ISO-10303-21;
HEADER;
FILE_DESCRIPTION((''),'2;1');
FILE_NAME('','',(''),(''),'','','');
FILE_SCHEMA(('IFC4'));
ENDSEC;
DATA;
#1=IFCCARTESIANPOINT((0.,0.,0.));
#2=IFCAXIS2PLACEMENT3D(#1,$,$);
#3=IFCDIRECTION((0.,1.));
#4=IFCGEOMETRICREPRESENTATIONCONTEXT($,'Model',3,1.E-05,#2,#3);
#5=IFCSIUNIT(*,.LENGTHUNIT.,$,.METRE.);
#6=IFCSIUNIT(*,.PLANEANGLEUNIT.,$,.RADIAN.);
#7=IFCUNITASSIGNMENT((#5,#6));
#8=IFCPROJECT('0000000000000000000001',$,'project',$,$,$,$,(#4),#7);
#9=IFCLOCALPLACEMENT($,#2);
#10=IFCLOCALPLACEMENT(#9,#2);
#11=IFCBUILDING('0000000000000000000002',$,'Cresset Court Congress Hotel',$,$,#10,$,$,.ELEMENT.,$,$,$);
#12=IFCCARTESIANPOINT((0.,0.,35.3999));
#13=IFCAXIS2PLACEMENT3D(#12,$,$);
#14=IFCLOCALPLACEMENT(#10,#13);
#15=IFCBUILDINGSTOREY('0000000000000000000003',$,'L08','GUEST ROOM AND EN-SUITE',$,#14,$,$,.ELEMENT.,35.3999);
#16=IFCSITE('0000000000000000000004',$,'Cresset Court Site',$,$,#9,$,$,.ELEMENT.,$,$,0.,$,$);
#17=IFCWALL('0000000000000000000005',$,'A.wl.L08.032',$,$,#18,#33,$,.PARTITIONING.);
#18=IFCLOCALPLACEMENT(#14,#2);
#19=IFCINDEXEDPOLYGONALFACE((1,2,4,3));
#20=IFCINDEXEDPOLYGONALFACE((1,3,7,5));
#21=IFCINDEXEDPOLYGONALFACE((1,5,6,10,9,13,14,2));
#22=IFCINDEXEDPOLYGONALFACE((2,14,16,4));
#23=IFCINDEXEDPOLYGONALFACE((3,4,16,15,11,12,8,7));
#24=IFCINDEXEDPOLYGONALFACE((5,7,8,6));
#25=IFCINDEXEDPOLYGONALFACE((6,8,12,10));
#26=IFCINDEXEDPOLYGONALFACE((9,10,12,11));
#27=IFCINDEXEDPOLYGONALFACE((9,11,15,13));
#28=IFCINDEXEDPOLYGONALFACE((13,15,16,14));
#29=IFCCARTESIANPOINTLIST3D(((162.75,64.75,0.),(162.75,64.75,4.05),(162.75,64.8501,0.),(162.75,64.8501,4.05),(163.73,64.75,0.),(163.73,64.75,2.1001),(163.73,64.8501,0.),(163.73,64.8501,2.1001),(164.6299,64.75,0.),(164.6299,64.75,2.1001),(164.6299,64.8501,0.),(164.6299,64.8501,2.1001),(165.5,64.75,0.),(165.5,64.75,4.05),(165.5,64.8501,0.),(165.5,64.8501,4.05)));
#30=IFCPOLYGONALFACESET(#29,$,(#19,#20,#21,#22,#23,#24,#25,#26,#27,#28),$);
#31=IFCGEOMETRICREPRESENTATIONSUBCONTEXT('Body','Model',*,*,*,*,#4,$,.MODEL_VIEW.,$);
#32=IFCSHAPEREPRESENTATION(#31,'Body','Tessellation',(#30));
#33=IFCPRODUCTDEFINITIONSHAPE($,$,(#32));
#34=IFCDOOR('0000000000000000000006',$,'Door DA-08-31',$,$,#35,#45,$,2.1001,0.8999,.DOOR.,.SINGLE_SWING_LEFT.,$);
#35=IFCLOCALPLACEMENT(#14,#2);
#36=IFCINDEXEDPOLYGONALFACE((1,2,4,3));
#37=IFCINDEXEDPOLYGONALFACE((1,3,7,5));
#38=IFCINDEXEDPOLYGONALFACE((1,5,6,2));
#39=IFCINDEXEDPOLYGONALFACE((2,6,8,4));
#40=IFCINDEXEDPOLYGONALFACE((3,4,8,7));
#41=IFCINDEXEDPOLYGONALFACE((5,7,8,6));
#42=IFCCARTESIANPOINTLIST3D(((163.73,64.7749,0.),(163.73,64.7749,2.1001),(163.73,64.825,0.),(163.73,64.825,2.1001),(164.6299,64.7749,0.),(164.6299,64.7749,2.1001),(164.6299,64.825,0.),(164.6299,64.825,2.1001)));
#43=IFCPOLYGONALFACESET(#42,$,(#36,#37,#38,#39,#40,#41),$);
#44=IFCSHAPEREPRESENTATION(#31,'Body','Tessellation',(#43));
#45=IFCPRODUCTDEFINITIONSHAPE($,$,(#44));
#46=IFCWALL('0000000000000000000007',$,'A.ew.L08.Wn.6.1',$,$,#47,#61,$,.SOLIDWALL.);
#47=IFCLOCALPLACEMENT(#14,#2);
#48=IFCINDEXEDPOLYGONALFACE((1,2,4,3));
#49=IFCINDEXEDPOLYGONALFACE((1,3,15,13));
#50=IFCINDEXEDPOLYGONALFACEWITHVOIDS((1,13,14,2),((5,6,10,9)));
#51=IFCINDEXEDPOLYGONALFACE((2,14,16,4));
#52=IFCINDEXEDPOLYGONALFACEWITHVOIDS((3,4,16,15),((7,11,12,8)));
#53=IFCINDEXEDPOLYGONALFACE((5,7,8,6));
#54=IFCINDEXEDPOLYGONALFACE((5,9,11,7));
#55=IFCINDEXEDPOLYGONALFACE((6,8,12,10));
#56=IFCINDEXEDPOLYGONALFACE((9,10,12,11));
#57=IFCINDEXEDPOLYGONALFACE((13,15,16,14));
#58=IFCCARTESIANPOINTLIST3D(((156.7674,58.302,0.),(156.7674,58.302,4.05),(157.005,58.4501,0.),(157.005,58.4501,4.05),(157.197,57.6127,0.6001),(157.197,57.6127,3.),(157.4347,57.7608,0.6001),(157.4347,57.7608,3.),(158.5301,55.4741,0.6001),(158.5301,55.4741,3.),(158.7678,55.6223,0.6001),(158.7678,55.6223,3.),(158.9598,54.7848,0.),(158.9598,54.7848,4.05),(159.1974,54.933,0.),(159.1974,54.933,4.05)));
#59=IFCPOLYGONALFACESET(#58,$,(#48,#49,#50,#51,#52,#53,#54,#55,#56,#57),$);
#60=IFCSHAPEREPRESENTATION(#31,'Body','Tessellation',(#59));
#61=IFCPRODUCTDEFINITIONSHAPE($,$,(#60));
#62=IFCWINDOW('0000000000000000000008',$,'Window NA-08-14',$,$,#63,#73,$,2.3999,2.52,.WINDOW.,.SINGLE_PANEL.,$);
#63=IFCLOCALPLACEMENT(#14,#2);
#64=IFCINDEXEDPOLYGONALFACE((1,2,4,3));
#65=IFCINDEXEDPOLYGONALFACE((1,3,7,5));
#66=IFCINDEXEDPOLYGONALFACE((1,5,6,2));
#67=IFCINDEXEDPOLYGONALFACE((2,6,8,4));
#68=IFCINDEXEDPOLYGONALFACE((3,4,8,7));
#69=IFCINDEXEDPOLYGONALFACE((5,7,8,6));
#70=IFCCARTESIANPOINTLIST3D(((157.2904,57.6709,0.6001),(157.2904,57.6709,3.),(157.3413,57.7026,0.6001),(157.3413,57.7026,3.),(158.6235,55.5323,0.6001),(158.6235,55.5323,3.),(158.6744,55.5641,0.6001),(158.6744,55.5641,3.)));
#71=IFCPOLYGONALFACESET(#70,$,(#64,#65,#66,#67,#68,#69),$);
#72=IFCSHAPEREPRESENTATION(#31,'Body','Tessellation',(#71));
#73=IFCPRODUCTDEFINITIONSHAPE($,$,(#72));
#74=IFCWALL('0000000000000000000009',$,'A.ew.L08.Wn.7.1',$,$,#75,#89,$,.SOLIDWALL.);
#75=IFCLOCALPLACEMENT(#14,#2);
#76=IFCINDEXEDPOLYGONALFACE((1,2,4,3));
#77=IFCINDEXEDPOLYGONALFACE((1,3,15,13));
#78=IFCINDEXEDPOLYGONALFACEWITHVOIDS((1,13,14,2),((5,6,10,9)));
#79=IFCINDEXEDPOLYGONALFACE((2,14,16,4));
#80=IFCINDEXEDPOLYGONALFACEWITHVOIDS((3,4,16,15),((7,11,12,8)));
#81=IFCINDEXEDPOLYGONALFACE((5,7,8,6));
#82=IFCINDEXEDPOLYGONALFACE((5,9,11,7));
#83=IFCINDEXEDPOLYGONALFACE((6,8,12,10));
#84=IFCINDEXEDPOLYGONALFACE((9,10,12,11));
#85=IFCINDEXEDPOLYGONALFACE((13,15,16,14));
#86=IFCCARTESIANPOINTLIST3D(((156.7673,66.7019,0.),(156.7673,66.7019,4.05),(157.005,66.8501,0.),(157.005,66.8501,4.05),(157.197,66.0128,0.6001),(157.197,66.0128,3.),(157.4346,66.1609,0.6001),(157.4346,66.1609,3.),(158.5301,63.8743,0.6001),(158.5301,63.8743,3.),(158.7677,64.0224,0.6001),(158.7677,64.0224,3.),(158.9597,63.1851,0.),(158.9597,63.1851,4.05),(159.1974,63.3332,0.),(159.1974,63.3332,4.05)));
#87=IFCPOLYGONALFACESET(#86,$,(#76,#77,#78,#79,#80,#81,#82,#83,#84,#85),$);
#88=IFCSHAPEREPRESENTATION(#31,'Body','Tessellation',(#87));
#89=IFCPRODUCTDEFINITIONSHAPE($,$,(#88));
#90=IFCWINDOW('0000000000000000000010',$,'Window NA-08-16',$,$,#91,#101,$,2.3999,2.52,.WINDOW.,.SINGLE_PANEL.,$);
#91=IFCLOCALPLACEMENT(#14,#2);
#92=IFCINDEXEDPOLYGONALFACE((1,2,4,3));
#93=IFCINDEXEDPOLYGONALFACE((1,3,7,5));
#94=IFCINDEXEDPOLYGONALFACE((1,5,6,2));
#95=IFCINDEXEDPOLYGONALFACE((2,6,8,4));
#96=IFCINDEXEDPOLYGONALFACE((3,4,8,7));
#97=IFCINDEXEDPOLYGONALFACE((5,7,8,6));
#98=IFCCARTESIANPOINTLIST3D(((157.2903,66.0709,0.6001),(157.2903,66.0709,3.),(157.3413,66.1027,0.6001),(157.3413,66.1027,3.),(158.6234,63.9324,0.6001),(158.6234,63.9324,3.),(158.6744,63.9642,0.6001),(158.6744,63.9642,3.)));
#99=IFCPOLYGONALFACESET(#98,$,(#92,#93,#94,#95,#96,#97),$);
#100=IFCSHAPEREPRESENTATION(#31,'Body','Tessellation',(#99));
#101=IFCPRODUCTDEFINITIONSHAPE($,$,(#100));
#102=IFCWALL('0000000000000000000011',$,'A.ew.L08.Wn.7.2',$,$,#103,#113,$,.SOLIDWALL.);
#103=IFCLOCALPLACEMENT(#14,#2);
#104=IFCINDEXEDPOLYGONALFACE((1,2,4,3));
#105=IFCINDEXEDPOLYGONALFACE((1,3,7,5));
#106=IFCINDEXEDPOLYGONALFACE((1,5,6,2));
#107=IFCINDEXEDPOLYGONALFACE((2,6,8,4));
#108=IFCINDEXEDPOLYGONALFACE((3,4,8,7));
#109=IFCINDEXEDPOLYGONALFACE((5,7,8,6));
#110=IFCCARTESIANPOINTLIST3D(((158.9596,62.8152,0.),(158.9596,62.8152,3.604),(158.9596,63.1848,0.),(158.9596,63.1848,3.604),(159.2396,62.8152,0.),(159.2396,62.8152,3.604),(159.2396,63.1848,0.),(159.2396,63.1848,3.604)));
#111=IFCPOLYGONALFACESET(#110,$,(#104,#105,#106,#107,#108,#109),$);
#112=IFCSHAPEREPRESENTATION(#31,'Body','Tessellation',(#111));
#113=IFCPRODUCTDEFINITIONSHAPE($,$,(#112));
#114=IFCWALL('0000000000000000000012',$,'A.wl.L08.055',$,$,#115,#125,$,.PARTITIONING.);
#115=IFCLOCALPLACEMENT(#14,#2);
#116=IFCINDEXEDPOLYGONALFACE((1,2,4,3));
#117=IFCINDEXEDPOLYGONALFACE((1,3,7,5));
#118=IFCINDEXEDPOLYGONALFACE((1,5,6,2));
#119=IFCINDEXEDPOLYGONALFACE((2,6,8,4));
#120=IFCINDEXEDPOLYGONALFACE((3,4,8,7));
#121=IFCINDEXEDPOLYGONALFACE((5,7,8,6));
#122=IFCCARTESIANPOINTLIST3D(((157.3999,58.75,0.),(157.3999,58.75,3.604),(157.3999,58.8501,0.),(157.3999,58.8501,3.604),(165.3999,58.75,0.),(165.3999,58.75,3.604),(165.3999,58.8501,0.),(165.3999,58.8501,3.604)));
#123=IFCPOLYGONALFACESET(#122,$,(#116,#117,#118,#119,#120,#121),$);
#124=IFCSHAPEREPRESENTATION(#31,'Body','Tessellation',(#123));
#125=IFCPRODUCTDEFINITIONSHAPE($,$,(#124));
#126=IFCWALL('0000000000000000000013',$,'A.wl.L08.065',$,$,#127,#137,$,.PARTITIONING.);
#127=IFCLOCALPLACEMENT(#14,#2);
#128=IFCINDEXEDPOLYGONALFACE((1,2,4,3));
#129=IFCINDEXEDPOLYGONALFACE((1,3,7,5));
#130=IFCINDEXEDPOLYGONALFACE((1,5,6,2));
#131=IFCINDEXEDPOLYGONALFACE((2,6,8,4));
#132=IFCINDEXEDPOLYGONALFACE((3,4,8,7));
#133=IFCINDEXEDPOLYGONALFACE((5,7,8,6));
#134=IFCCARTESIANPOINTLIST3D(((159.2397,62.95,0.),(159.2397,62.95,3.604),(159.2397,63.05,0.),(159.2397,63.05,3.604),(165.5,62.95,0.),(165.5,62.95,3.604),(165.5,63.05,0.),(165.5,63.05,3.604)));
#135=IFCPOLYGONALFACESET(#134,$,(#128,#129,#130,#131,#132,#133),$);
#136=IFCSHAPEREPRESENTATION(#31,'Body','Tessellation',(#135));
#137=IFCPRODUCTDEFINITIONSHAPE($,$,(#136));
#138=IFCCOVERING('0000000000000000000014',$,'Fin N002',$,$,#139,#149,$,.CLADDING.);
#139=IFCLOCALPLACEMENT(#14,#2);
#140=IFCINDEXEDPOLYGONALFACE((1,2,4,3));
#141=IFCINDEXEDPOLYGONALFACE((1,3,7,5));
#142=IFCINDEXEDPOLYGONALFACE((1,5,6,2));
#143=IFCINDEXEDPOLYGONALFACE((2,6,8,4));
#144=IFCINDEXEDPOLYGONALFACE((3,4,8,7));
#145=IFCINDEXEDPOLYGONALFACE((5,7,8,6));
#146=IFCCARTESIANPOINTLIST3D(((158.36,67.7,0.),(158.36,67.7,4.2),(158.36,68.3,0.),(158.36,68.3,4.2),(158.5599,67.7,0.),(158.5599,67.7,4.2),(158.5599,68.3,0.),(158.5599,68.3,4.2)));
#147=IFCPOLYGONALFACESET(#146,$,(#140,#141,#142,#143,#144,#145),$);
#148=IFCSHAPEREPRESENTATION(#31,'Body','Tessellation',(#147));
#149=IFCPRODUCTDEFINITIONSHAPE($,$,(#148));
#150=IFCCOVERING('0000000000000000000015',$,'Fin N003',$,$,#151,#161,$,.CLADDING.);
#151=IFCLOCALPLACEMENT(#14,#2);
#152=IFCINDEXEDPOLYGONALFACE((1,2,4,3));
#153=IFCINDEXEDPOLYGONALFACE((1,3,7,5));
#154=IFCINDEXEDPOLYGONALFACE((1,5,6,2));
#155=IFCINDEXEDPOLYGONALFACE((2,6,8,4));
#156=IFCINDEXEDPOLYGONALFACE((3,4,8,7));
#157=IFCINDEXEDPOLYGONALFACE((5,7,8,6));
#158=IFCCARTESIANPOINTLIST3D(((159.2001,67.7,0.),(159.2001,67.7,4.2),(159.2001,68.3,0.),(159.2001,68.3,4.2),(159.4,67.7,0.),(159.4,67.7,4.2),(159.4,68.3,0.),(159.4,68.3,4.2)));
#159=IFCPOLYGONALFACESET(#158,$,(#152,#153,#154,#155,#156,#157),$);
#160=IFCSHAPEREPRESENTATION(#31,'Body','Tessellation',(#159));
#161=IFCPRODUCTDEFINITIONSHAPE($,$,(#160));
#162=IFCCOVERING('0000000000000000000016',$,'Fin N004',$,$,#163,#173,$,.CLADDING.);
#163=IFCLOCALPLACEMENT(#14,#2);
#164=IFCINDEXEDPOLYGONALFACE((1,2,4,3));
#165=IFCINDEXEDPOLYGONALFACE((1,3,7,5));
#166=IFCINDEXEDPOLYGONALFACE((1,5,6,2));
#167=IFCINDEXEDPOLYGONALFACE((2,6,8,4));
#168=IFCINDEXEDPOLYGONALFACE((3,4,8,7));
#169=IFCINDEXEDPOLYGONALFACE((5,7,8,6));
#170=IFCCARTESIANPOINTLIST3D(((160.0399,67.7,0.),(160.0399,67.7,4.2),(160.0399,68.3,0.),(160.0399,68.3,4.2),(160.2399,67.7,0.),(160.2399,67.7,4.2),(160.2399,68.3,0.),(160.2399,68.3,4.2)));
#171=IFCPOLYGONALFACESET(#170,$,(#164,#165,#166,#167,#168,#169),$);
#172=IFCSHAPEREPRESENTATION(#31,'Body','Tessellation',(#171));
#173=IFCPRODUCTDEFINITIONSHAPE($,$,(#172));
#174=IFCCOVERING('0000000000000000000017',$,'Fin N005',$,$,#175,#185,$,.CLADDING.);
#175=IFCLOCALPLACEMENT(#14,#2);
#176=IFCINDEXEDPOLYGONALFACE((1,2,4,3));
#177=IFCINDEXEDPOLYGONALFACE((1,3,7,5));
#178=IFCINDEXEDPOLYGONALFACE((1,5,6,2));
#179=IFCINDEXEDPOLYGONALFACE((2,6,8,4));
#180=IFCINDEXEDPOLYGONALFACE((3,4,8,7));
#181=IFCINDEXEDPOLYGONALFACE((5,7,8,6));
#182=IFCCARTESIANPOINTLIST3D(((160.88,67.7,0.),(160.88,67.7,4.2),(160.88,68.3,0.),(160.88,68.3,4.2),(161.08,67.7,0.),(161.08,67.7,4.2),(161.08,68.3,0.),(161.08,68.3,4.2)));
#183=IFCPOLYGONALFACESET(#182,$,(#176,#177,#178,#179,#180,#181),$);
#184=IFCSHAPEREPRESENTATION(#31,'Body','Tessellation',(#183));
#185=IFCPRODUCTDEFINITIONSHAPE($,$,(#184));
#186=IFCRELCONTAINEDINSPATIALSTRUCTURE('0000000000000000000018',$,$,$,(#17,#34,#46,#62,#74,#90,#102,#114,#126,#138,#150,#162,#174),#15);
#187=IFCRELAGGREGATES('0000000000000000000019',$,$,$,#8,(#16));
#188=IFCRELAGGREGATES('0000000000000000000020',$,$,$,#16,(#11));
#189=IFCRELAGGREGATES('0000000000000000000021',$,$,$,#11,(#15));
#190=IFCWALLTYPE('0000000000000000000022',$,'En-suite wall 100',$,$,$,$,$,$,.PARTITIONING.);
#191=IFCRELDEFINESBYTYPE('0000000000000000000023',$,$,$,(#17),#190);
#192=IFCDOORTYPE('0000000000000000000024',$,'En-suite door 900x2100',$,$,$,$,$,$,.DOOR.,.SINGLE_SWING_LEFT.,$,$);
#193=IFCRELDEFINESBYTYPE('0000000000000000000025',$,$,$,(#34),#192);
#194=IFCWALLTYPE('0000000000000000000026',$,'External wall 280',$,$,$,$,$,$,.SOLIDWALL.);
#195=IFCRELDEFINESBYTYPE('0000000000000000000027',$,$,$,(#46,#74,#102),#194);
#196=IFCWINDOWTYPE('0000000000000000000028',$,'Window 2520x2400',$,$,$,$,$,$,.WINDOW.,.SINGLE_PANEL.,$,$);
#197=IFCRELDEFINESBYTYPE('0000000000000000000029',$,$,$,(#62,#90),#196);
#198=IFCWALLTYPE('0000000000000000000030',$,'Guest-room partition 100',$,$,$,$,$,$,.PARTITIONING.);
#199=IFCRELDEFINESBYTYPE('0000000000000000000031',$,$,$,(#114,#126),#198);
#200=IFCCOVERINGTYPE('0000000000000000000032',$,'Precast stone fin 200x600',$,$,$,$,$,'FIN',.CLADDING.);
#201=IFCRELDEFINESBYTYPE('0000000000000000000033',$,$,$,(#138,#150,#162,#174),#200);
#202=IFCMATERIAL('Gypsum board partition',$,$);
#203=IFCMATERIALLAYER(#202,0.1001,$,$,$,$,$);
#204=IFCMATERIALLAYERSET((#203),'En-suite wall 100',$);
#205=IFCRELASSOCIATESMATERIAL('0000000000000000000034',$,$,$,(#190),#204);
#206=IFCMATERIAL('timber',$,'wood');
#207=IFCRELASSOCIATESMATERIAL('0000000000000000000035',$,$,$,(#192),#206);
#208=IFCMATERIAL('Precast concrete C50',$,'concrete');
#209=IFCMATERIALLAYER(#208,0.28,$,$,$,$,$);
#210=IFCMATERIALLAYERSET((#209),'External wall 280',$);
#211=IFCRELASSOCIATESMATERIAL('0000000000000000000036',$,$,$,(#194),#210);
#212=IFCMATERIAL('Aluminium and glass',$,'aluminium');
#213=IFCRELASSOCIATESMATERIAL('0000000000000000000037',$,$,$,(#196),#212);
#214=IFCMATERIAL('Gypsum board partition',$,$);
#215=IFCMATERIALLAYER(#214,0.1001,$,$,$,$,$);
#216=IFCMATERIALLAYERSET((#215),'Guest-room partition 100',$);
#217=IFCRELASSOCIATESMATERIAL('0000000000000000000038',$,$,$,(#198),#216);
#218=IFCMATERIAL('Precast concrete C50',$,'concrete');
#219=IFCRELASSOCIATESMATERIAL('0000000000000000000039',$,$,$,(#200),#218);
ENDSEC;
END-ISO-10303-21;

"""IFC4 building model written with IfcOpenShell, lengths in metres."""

from ifc_helpers import new_model, si_unit, direction, frame, frame_2d, origin, origin_2d, place, context, subcontext, project, spatial, rectangle, extrude, material, layer, layer_set, type_object, element, fill, save


model = new_model("IFC4")

# Units and contexts
model_context = context("Model", 3, precision=1e-05, world=origin(), true_north=direction((0.0, 1.0)))
body_context = subcontext(model_context, "Body", "Model", "MODEL_VIEW")
ifc_project = project(units=[si_unit("LENGTHUNIT", "METRE"), si_unit("PLANEANGLEUNIT", "RADIAN")], contexts=[model_context])

# Site, building, storey
site_placement = place(None, origin())
site = spatial("IfcSite", under=ifc_project, at=site_placement, Name="Cresset Court Site", CompositionType="ELEMENT", RefElevation=0.0)
building_placement = place(site_placement, origin())
building = spatial("IfcBuilding", under=site, at=building_placement, Name="Cresset Court Congress Hotel", CompositionType="ELEMENT")
storey_placement = place(building_placement, frame((0.0, 0.0, 35.3999)))
storey = spatial("IfcBuildingStorey", under=building, at=storey_placement, Name="L08", Description="GUEST ROOM AND EN-SUITE", CompositionType="ELEMENT", Elevation=35.3999)

# Shared definitions
ifc_material_1 = material(Name="Gypsum board partition")
ifc_layer_1 = layer(ifc_material_1, 0.1001)
ifc_layer_set_1 = layer_set([ifc_layer_1], Name="En-suite wall 100")
wall_type_1 = type_object("IfcWallType", Name="En-suite wall 100", PredefinedType="PARTITIONING", material=ifc_layer_set_1)

# Shared definitions
ifc_material_2 = material(Name="timber", Category="wood")
door_type = type_object("IfcDoorType", Name="En-suite door 900x2100", OperationType="SINGLE_SWING_LEFT", PredefinedType="DOOR", material=ifc_material_2)

# Wall, opening, door
wall_1_placement = place(storey_placement, frame((162.75, 64.8, 0.0), z_axis=(0.0, 0.0, 1.0), x_axis=(1.0, 0.0, 0.0)))
wall_1 = element("IfcWall", 1, at=wall_1_placement, inside=storey, type_object=wall_type_1, Name="A.wl.L08.032", PredefinedType="PARTITIONING", context=body_context, shape_type="SweptSolid", body=[
    extrude(rectangle(XDim=2.75, YDim=0.1001, at=frame_2d((1.375, 0.0))), origin(), (0.0, 0.0, 1.0), 4.05),
])
opening_1_placement = place(wall_1_placement, frame((0.98, 0.0, 0.0)))
opening_1 = element("IfcOpeningElement", 2, at=opening_1_placement, cuts=wall_1, PredefinedType="OPENING", context=body_context, shape_type="SweptSolid", body=[
    extrude(rectangle(XDim=0.8999, YDim=2.1001, at=frame_2d((0.45, 1.05))), frame((0.0, 0.0601, 0.0), z_axis=(0.0, -1.0, 0.0), x_axis=(1.0, 0.0, 0.0)), (0.0, 0.0, 1.0), 0.1201),
])
door_1_placement = place(opening_1_placement, origin())
door_1 = element("IfcDoor", 3, at=door_1_placement, inside=storey, type_object=door_type, Name="Door DA-08-31", OperationType="SINGLE_SWING_LEFT", OverallHeight=2.1001, OverallWidth=0.8999, PredefinedType="DOOR", context=body_context, shape_type="SweptSolid", body=[
    extrude(rectangle(XDim=0.8999, YDim=2.1001, at=frame_2d((0.45, 1.05))), frame((0.0, 0.0249, 0.0), z_axis=(0.0, -1.0, 0.0), x_axis=(1.0, 0.0, 0.0)), (0.0, 0.0, 1.0), 0.05),
])
fill(opening_1, door_1)

# Walls, openings, windows
ifc_material_3 = material(Name="Precast concrete C50", Category="concrete")
ifc_layer_2 = layer(ifc_material_3, 0.28)
ifc_layer_set_2 = layer_set([ifc_layer_2], Name="External wall 280")
wall_type_2 = type_object("IfcWallType", Name="External wall 280", PredefinedType="SOLIDWALL", material=ifc_layer_set_2)
wall_2_placement = place(storey_placement, frame((159.0786, 54.8589, 0.0), z_axis=(0.0, 0.0, 1.0), x_axis=(-0.528993, 0.848626, 0.0)))
wall_2 = element("IfcWall", 4, at=wall_2_placement, inside=storey, type_object=wall_type_2, Name="A.ew.L08.Wn.6.1", PredefinedType="SOLIDWALL", context=body_context, shape_type="SweptSolid", body=[
    extrude(rectangle(XDim=4.1445, YDim=0.28, at=frame_2d((2.0723, 0.0))), origin(), (0.0, 0.0, 1.0), 4.05),
])
opening_2_placement = place(wall_2_placement, frame((0.8123, 0.0, 0.6001)))
opening_2 = element("IfcOpeningElement", 5, at=opening_2_placement, cuts=wall_2, PredefinedType="OPENING", context=body_context, shape_type="SweptSolid", body=[
    extrude(rectangle(XDim=2.52, YDim=2.3999, at=frame_2d((1.26, 1.2))), frame((0.0, 0.1499, 0.0), z_axis=(0.0, -1.0, 0.0), x_axis=(1.0, 0.0, 0.0)), (0.0, 0.0, 1.0), 0.3),
])
ifc_material_4 = material(Name="Aluminium and glass", Category="aluminium")
window_type = type_object("IfcWindowType", Name="Window 2520x2400", PartitioningType="SINGLE_PANEL", PredefinedType="WINDOW", material=ifc_material_4)
window_1_placement = place(opening_2_placement, origin())
window_1 = element("IfcWindow", 6, at=window_1_placement, inside=storey, type_object=window_type, Name="Window NA-08-14", OverallHeight=2.3999, OverallWidth=2.52, PartitioningType="SINGLE_PANEL", PredefinedType="WINDOW", context=body_context, shape_type="SweptSolid", body=[
    extrude(rectangle(XDim=2.52, YDim=2.3999, at=frame_2d((1.26, 1.2))), frame((0.0, 0.03, 0.0), z_axis=(0.0, -1.0, 0.0), x_axis=(1.0, 0.0, 0.0)), (0.0, 0.0, 1.0), 0.0601),
])
fill(opening_2, window_1)
wall_3_placement = place(storey_placement, frame((159.0786, 63.259, 0.0), z_axis=(0.0, 0.0, 1.0), x_axis=(-0.529019, 0.84861, 0.0)))
wall_3 = element("IfcWall", 7, at=wall_3_placement, inside=storey, type_object=wall_type_2, Name="A.ew.L08.Wn.7.1", PredefinedType="SOLIDWALL", context=body_context, shape_type="SweptSolid", body=[
    extrude(rectangle(XDim=4.1443, YDim=0.28, at=frame_2d((2.0723, 0.0))), origin(), (0.0, 0.0, 1.0), 4.05),
])
opening_3_placement = place(wall_3_placement, frame((0.8123, 0.0, 0.6001)))
opening_3 = element("IfcOpeningElement", 8, at=opening_3_placement, cuts=wall_3, PredefinedType="OPENING", context=body_context, shape_type="SweptSolid", body=[
    extrude(rectangle(XDim=2.52, YDim=2.3999, at=frame_2d((1.26, 1.2))), frame((0.0, 0.1499, 0.0), z_axis=(0.0, -1.0, 0.0), x_axis=(1.0, 0.0, 0.0)), (0.0, 0.0, 1.0), 0.3),
])
window_2_placement = place(opening_3_placement, origin())
window_2 = element("IfcWindow", 9, at=window_2_placement, inside=storey, type_object=window_type, Name="Window NA-08-16", OverallHeight=2.3999, OverallWidth=2.52, PartitioningType="SINGLE_PANEL", PredefinedType="WINDOW", context=body_context, shape_type="SweptSolid", body=[
    extrude(rectangle(XDim=2.52, YDim=2.3999, at=frame_2d((1.26, 1.2))), frame((0.0, 0.03, 0.0), z_axis=(0.0, -1.0, 0.0), x_axis=(1.0, 0.0, 0.0)), (0.0, 0.0, 1.0), 0.0601),
])
fill(opening_3, window_2)

# Walls
wall_4_placement = place(storey_placement, frame((159.0996, 62.8152, 0.0), z_axis=(0.0, 0.0, 1.0), x_axis=(0.0, 1.0, 0.0)))
element("IfcWall", 10, at=wall_4_placement, inside=storey, type_object=wall_type_2, Name="A.ew.L08.Wn.7.2", PredefinedType="SOLIDWALL", context=body_context, shape_type="SweptSolid", body=[
    extrude(rectangle(XDim=0.3696, YDim=0.28, at=frame_2d((0.1848, 0.0))), origin(), (0.0, 0.0, 1.0), 3.604),
])
ifc_material_5 = material(Name="Gypsum board partition")
ifc_layer_3 = layer(ifc_material_5, 0.1001)
ifc_layer_set_3 = layer_set([ifc_layer_3], Name="Guest-room partition 100")
wall_type_3 = type_object("IfcWallType", Name="Guest-room partition 100", PredefinedType="PARTITIONING", material=ifc_layer_set_3)
wall_5_placement = place(storey_placement, frame((157.3999, 58.8, 0.0), z_axis=(0.0, 0.0, 1.0), x_axis=(1.0, 0.0, 0.0)))
element("IfcWall", 11, at=wall_5_placement, inside=storey, type_object=wall_type_3, Name="A.wl.L08.055", PredefinedType="PARTITIONING", context=body_context, shape_type="SweptSolid", body=[
    extrude(rectangle(XDim=8.0, YDim=0.1001, at=frame_2d((4.0, 0.0))), origin(), (0.0, 0.0, 1.0), 3.604),
])
wall_6_placement = place(storey_placement, frame((159.2397, 63.0, 0.0), z_axis=(0.0, 0.0, 1.0), x_axis=(1.0, 0.0, 0.0)))
element("IfcWall", 12, at=wall_6_placement, inside=storey, type_object=wall_type_3, Name="A.wl.L08.065", PredefinedType="PARTITIONING", context=body_context, shape_type="SweptSolid", body=[
    extrude(rectangle(XDim=6.2603, YDim=0.1001, at=frame_2d((3.1301, 0.0))), origin(), (0.0, 0.0, 1.0), 3.604),
])

# Coverings
ifc_material_6 = material(Name="Precast concrete C50", Category="concrete")
covering_type = type_object("IfcCoveringType", Name="Precast stone fin 200x600", ElementType="FIN", PredefinedType="CLADDING", material=ifc_material_6)
for number, where, z_axis, x_axis, name in (
    (13, (158.46, 68.0, 0.0), (0.0, 0.0, 1.0), (1.0, 0.0, 0.0), "Fin N002"),
    (14, (159.3, 68.0, 0.0), (0.0, 0.0, 1.0), (1.0, 0.0, 0.0), "Fin N003"),
    (15, (160.1399, 68.0, 0.0), (0.0, 0.0, 1.0), (1.0, 0.0, 0.0), "Fin N004"),
    (16, (160.98, 68.0, 0.0), (0.0, 0.0, 1.0), (1.0, 0.0, 0.0), "Fin N005"),
):
    element("IfcCovering", number, at=place(storey_placement, frame(where, z_axis=z_axis, x_axis=x_axis)), inside=storey, type_object=covering_type, Name=name, PredefinedType="CLADDING", context=body_context, shape_type="SweptSolid", body=[
        extrude(rectangle(XDim=0.2, YDim=0.6001, at=origin_2d()), origin(), (0.0, 0.0, 1.0), 4.2),
    ])

save(model, "model.ifc")
